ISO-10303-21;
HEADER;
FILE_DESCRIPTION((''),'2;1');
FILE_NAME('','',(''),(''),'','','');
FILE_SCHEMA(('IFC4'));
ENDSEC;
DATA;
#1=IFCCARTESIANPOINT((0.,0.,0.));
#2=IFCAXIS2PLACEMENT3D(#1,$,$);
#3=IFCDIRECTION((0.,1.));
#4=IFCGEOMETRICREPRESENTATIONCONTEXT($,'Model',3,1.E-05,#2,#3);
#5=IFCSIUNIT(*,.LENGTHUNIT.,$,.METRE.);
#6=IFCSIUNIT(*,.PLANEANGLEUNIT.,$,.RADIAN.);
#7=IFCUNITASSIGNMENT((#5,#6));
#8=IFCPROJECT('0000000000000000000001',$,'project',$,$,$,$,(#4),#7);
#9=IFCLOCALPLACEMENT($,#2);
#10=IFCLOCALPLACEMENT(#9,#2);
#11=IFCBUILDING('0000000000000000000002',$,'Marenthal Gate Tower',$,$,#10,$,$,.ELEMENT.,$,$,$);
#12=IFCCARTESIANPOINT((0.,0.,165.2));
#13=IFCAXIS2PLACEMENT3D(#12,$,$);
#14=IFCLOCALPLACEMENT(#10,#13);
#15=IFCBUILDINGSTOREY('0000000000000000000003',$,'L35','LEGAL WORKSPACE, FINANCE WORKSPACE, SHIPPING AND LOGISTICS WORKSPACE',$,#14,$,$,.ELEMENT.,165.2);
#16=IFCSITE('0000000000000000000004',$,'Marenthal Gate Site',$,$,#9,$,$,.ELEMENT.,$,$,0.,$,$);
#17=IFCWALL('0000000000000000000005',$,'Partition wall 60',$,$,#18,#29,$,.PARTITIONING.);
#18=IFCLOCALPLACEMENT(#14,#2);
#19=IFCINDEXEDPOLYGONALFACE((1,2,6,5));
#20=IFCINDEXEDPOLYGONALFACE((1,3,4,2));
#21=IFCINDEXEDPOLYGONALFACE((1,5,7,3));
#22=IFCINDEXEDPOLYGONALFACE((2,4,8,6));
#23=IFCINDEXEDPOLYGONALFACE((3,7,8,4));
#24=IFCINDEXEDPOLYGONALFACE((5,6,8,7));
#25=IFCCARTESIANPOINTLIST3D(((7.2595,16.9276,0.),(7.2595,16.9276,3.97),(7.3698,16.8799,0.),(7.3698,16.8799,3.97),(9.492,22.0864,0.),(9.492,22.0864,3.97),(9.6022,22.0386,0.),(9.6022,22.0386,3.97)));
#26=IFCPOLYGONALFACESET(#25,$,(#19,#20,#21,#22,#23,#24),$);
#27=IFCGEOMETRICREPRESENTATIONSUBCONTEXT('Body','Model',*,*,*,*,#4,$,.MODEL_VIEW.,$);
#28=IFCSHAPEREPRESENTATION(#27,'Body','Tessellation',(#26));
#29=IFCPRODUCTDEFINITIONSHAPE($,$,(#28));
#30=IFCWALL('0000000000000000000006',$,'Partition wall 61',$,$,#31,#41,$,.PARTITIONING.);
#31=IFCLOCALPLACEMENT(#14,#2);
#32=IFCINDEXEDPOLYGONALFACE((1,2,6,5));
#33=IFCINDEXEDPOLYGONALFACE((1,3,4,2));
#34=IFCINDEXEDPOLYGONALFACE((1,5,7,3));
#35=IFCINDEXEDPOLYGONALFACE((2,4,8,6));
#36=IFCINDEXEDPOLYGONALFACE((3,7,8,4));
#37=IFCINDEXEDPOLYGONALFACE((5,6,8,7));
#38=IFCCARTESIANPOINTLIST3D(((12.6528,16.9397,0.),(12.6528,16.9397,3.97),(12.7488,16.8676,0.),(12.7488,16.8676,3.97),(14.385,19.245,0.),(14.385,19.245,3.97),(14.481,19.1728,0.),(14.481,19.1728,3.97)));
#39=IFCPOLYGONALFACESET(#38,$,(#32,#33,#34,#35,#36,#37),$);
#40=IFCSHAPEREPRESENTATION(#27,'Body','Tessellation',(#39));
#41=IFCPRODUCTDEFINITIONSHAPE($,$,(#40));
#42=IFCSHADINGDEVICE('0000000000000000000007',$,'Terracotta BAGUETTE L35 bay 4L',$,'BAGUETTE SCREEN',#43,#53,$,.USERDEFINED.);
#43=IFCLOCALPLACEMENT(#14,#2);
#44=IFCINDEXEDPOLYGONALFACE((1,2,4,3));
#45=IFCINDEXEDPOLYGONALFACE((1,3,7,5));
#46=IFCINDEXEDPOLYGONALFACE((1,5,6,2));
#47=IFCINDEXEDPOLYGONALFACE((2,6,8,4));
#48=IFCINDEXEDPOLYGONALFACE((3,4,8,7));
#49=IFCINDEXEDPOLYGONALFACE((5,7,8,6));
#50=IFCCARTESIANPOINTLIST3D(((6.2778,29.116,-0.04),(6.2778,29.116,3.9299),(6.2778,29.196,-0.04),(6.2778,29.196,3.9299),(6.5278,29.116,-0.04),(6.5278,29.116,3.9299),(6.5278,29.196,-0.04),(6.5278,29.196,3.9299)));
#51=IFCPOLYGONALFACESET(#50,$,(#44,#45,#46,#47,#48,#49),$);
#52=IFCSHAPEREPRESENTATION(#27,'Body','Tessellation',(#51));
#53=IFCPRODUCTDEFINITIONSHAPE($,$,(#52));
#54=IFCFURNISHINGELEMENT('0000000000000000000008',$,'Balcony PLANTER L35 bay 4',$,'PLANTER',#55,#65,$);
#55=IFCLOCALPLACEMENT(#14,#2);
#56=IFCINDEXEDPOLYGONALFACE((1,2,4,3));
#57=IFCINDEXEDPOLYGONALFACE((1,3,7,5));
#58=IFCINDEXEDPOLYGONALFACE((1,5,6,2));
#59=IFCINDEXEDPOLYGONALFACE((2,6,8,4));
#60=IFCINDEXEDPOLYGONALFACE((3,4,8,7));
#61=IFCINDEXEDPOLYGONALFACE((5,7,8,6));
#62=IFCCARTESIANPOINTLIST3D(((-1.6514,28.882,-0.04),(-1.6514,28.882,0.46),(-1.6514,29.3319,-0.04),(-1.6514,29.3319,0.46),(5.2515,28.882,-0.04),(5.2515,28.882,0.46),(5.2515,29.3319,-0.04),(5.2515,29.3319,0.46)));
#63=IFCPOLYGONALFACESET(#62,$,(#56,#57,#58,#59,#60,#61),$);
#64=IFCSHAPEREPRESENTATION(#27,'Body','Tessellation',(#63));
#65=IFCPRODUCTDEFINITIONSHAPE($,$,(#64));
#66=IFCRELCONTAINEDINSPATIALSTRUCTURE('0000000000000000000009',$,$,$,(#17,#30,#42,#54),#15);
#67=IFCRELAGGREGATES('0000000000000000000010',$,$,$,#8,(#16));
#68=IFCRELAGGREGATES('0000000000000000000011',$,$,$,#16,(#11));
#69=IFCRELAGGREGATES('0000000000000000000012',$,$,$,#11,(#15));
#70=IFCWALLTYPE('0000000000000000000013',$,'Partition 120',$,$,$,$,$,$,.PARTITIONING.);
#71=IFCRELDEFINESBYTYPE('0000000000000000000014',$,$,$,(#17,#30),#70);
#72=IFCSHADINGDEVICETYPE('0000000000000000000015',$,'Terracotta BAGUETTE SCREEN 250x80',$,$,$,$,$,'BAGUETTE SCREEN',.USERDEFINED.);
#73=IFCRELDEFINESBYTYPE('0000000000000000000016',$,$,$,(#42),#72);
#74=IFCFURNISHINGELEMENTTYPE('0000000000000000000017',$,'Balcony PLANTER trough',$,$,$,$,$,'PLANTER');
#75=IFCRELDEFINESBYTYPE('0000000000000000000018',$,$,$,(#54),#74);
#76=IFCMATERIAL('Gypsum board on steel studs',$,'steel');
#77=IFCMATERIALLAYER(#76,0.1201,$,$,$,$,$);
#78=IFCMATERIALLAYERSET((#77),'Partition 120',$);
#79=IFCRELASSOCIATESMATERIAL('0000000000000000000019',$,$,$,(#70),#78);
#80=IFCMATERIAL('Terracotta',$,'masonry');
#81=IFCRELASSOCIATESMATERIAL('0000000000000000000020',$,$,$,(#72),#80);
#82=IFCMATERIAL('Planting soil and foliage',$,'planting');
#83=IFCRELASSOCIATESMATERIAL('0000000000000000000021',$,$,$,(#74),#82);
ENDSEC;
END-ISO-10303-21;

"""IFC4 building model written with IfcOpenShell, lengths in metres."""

from ifc_helpers import new_model, si_unit, direction, frame, frame_2d, origin, origin_2d, place, context, subcontext, project, spatial, rectangle, extrude, material, layer, layer_set, material_profile, profile_set, type_object, element, save


model = new_model("IFC4")

# Units and contexts
model_context = context("Model", 3, precision=1e-05, world=origin(), true_north=direction((0.0, 1.0)))
body_context = subcontext(model_context, "Body", "Model", "MODEL_VIEW")
ifc_project = project(units=[si_unit("LENGTHUNIT", "METRE"), si_unit("PLANEANGLEUNIT", "RADIAN")], contexts=[model_context])

# Site, building, storey
site_placement = place(None, origin())
site = spatial("IfcSite", under=ifc_project, at=site_placement, Name="Marenthal Gate Site", CompositionType="ELEMENT", RefElevation=0.0)
building_placement = place(site_placement, origin())
building = spatial("IfcBuilding", under=site, at=building_placement, Name="Marenthal Gate Tower", CompositionType="ELEMENT")
storey_placement = place(building_placement, frame((0.0, 0.0, 165.2)))
storey = spatial("IfcBuildingStorey", under=building, at=storey_placement, Name="L35", Description="LEGAL WORKSPACE, FINANCE WORKSPACE, SHIPPING AND LOGISTICS WORKSPACE", CompositionType="ELEMENT", Elevation=165.2)

# Walls
ifc_material_1 = material(Name="Gypsum board on steel studs", Category="steel")
ifc_layer_1 = layer(ifc_material_1, 0.1201)
ifc_layer_set_1 = layer_set([ifc_layer_1], Name="Partition 120")
wall_type_1 = type_object("IfcWallType", Name="Partition 120", PredefinedType="PARTITIONING", material=ifc_layer_set_1)
wall_1_placement = place(storey_placement, frame((9.5471, 22.0625, 0.0), z_axis=(0.0, 0.0, 1.0), x_axis=(-0.397156, -0.917751, 0.0)))
element("IfcWall", 1, at=wall_1_placement, inside=storey, type_object=wall_type_1, Name="Partition wall 60", PredefinedType="PARTITIONING", context=body_context, shape_type="SweptSolid", body=[
    extrude(rectangle(XDim=5.6211, YDim=0.1201, at=frame_2d((2.8105, 0.0))), origin(), (0.0, 0.0, 1.0), 3.97),
])
wall_2_placement = place(storey_placement, frame((14.4331, 19.209, 0.0), z_axis=(0.0, 0.0, 1.0), x_axis=(-0.600731, -0.799451, 0.0)))
element("IfcWall", 2, at=wall_2_placement, inside=storey, type_object=wall_type_1, Name="Partition wall 61", PredefinedType="PARTITIONING", context=body_context, shape_type="SweptSolid", body=[
    extrude(rectangle(XDim=2.8835, YDim=0.1201, at=frame_2d((1.4419, 0.0))), origin(), (0.0, 0.0, 1.0), 3.97),
])

# Shading device
ifc_material_2 = material(Name="Terracotta", Category="masonry")
ifc_material_profile_1 = material_profile(ifc_material_2, rectangle(XDim=0.25, YDim=0.0801, at=origin_2d()), Name="Terracotta baguette 250x80")
ifc_profile_set_1 = profile_set([ifc_material_profile_1], Name="Terracotta")
shading_device_type = type_object("IfcShadingDeviceType", Name="Terracotta BAGUETTE SCREEN 250x80", ElementType="BAGUETTE SCREEN", PredefinedType="USERDEFINED", material=ifc_profile_set_1)
shading_device_placement = place(storey_placement, frame((6.4028, 29.156, -0.04), z_axis=(0.0, 0.0, 1.0), x_axis=(-1.0, 0.0, 0.0)))
element("IfcShadingDevice", 3, at=shading_device_placement, inside=storey, type_object=shading_device_type, Name="Terracotta BAGUETTE L35 bay 4L", ObjectType="BAGUETTE SCREEN", PredefinedType="USERDEFINED", context=body_context, shape_type="SweptSolid", body=[
    extrude(rectangle(XDim=0.25, YDim=0.0801, at=origin_2d()), origin(), (0.0, 0.0, 1.0), 3.97),
])

# Furnishing element
ifc_material_3 = material(Name="Planting soil and foliage", Category="planting")
furnishing_element_type = type_object("IfcFurnishingElementType", Name="Balcony PLANTER trough", ElementType="PLANTER", material=ifc_material_3)
furnishing_placement = place(storey_placement, frame((1.8, 29.1069, -0.04), z_axis=(0.0, 0.0, 1.0), x_axis=(-1.0, 0.0, 0.0)))
element("IfcFurnishingElement", 4, at=furnishing_placement, inside=storey, type_object=furnishing_element_type, Name="Balcony PLANTER L35 bay 4", ObjectType="PLANTER", context=body_context, shape_type="SweptSolid", body=[
    extrude(rectangle(XDim=6.9028, YDim=0.45, at=origin_2d()), origin(), (0.0, 0.0, 1.0), 0.5),
])

save(model, "model.ifc")
